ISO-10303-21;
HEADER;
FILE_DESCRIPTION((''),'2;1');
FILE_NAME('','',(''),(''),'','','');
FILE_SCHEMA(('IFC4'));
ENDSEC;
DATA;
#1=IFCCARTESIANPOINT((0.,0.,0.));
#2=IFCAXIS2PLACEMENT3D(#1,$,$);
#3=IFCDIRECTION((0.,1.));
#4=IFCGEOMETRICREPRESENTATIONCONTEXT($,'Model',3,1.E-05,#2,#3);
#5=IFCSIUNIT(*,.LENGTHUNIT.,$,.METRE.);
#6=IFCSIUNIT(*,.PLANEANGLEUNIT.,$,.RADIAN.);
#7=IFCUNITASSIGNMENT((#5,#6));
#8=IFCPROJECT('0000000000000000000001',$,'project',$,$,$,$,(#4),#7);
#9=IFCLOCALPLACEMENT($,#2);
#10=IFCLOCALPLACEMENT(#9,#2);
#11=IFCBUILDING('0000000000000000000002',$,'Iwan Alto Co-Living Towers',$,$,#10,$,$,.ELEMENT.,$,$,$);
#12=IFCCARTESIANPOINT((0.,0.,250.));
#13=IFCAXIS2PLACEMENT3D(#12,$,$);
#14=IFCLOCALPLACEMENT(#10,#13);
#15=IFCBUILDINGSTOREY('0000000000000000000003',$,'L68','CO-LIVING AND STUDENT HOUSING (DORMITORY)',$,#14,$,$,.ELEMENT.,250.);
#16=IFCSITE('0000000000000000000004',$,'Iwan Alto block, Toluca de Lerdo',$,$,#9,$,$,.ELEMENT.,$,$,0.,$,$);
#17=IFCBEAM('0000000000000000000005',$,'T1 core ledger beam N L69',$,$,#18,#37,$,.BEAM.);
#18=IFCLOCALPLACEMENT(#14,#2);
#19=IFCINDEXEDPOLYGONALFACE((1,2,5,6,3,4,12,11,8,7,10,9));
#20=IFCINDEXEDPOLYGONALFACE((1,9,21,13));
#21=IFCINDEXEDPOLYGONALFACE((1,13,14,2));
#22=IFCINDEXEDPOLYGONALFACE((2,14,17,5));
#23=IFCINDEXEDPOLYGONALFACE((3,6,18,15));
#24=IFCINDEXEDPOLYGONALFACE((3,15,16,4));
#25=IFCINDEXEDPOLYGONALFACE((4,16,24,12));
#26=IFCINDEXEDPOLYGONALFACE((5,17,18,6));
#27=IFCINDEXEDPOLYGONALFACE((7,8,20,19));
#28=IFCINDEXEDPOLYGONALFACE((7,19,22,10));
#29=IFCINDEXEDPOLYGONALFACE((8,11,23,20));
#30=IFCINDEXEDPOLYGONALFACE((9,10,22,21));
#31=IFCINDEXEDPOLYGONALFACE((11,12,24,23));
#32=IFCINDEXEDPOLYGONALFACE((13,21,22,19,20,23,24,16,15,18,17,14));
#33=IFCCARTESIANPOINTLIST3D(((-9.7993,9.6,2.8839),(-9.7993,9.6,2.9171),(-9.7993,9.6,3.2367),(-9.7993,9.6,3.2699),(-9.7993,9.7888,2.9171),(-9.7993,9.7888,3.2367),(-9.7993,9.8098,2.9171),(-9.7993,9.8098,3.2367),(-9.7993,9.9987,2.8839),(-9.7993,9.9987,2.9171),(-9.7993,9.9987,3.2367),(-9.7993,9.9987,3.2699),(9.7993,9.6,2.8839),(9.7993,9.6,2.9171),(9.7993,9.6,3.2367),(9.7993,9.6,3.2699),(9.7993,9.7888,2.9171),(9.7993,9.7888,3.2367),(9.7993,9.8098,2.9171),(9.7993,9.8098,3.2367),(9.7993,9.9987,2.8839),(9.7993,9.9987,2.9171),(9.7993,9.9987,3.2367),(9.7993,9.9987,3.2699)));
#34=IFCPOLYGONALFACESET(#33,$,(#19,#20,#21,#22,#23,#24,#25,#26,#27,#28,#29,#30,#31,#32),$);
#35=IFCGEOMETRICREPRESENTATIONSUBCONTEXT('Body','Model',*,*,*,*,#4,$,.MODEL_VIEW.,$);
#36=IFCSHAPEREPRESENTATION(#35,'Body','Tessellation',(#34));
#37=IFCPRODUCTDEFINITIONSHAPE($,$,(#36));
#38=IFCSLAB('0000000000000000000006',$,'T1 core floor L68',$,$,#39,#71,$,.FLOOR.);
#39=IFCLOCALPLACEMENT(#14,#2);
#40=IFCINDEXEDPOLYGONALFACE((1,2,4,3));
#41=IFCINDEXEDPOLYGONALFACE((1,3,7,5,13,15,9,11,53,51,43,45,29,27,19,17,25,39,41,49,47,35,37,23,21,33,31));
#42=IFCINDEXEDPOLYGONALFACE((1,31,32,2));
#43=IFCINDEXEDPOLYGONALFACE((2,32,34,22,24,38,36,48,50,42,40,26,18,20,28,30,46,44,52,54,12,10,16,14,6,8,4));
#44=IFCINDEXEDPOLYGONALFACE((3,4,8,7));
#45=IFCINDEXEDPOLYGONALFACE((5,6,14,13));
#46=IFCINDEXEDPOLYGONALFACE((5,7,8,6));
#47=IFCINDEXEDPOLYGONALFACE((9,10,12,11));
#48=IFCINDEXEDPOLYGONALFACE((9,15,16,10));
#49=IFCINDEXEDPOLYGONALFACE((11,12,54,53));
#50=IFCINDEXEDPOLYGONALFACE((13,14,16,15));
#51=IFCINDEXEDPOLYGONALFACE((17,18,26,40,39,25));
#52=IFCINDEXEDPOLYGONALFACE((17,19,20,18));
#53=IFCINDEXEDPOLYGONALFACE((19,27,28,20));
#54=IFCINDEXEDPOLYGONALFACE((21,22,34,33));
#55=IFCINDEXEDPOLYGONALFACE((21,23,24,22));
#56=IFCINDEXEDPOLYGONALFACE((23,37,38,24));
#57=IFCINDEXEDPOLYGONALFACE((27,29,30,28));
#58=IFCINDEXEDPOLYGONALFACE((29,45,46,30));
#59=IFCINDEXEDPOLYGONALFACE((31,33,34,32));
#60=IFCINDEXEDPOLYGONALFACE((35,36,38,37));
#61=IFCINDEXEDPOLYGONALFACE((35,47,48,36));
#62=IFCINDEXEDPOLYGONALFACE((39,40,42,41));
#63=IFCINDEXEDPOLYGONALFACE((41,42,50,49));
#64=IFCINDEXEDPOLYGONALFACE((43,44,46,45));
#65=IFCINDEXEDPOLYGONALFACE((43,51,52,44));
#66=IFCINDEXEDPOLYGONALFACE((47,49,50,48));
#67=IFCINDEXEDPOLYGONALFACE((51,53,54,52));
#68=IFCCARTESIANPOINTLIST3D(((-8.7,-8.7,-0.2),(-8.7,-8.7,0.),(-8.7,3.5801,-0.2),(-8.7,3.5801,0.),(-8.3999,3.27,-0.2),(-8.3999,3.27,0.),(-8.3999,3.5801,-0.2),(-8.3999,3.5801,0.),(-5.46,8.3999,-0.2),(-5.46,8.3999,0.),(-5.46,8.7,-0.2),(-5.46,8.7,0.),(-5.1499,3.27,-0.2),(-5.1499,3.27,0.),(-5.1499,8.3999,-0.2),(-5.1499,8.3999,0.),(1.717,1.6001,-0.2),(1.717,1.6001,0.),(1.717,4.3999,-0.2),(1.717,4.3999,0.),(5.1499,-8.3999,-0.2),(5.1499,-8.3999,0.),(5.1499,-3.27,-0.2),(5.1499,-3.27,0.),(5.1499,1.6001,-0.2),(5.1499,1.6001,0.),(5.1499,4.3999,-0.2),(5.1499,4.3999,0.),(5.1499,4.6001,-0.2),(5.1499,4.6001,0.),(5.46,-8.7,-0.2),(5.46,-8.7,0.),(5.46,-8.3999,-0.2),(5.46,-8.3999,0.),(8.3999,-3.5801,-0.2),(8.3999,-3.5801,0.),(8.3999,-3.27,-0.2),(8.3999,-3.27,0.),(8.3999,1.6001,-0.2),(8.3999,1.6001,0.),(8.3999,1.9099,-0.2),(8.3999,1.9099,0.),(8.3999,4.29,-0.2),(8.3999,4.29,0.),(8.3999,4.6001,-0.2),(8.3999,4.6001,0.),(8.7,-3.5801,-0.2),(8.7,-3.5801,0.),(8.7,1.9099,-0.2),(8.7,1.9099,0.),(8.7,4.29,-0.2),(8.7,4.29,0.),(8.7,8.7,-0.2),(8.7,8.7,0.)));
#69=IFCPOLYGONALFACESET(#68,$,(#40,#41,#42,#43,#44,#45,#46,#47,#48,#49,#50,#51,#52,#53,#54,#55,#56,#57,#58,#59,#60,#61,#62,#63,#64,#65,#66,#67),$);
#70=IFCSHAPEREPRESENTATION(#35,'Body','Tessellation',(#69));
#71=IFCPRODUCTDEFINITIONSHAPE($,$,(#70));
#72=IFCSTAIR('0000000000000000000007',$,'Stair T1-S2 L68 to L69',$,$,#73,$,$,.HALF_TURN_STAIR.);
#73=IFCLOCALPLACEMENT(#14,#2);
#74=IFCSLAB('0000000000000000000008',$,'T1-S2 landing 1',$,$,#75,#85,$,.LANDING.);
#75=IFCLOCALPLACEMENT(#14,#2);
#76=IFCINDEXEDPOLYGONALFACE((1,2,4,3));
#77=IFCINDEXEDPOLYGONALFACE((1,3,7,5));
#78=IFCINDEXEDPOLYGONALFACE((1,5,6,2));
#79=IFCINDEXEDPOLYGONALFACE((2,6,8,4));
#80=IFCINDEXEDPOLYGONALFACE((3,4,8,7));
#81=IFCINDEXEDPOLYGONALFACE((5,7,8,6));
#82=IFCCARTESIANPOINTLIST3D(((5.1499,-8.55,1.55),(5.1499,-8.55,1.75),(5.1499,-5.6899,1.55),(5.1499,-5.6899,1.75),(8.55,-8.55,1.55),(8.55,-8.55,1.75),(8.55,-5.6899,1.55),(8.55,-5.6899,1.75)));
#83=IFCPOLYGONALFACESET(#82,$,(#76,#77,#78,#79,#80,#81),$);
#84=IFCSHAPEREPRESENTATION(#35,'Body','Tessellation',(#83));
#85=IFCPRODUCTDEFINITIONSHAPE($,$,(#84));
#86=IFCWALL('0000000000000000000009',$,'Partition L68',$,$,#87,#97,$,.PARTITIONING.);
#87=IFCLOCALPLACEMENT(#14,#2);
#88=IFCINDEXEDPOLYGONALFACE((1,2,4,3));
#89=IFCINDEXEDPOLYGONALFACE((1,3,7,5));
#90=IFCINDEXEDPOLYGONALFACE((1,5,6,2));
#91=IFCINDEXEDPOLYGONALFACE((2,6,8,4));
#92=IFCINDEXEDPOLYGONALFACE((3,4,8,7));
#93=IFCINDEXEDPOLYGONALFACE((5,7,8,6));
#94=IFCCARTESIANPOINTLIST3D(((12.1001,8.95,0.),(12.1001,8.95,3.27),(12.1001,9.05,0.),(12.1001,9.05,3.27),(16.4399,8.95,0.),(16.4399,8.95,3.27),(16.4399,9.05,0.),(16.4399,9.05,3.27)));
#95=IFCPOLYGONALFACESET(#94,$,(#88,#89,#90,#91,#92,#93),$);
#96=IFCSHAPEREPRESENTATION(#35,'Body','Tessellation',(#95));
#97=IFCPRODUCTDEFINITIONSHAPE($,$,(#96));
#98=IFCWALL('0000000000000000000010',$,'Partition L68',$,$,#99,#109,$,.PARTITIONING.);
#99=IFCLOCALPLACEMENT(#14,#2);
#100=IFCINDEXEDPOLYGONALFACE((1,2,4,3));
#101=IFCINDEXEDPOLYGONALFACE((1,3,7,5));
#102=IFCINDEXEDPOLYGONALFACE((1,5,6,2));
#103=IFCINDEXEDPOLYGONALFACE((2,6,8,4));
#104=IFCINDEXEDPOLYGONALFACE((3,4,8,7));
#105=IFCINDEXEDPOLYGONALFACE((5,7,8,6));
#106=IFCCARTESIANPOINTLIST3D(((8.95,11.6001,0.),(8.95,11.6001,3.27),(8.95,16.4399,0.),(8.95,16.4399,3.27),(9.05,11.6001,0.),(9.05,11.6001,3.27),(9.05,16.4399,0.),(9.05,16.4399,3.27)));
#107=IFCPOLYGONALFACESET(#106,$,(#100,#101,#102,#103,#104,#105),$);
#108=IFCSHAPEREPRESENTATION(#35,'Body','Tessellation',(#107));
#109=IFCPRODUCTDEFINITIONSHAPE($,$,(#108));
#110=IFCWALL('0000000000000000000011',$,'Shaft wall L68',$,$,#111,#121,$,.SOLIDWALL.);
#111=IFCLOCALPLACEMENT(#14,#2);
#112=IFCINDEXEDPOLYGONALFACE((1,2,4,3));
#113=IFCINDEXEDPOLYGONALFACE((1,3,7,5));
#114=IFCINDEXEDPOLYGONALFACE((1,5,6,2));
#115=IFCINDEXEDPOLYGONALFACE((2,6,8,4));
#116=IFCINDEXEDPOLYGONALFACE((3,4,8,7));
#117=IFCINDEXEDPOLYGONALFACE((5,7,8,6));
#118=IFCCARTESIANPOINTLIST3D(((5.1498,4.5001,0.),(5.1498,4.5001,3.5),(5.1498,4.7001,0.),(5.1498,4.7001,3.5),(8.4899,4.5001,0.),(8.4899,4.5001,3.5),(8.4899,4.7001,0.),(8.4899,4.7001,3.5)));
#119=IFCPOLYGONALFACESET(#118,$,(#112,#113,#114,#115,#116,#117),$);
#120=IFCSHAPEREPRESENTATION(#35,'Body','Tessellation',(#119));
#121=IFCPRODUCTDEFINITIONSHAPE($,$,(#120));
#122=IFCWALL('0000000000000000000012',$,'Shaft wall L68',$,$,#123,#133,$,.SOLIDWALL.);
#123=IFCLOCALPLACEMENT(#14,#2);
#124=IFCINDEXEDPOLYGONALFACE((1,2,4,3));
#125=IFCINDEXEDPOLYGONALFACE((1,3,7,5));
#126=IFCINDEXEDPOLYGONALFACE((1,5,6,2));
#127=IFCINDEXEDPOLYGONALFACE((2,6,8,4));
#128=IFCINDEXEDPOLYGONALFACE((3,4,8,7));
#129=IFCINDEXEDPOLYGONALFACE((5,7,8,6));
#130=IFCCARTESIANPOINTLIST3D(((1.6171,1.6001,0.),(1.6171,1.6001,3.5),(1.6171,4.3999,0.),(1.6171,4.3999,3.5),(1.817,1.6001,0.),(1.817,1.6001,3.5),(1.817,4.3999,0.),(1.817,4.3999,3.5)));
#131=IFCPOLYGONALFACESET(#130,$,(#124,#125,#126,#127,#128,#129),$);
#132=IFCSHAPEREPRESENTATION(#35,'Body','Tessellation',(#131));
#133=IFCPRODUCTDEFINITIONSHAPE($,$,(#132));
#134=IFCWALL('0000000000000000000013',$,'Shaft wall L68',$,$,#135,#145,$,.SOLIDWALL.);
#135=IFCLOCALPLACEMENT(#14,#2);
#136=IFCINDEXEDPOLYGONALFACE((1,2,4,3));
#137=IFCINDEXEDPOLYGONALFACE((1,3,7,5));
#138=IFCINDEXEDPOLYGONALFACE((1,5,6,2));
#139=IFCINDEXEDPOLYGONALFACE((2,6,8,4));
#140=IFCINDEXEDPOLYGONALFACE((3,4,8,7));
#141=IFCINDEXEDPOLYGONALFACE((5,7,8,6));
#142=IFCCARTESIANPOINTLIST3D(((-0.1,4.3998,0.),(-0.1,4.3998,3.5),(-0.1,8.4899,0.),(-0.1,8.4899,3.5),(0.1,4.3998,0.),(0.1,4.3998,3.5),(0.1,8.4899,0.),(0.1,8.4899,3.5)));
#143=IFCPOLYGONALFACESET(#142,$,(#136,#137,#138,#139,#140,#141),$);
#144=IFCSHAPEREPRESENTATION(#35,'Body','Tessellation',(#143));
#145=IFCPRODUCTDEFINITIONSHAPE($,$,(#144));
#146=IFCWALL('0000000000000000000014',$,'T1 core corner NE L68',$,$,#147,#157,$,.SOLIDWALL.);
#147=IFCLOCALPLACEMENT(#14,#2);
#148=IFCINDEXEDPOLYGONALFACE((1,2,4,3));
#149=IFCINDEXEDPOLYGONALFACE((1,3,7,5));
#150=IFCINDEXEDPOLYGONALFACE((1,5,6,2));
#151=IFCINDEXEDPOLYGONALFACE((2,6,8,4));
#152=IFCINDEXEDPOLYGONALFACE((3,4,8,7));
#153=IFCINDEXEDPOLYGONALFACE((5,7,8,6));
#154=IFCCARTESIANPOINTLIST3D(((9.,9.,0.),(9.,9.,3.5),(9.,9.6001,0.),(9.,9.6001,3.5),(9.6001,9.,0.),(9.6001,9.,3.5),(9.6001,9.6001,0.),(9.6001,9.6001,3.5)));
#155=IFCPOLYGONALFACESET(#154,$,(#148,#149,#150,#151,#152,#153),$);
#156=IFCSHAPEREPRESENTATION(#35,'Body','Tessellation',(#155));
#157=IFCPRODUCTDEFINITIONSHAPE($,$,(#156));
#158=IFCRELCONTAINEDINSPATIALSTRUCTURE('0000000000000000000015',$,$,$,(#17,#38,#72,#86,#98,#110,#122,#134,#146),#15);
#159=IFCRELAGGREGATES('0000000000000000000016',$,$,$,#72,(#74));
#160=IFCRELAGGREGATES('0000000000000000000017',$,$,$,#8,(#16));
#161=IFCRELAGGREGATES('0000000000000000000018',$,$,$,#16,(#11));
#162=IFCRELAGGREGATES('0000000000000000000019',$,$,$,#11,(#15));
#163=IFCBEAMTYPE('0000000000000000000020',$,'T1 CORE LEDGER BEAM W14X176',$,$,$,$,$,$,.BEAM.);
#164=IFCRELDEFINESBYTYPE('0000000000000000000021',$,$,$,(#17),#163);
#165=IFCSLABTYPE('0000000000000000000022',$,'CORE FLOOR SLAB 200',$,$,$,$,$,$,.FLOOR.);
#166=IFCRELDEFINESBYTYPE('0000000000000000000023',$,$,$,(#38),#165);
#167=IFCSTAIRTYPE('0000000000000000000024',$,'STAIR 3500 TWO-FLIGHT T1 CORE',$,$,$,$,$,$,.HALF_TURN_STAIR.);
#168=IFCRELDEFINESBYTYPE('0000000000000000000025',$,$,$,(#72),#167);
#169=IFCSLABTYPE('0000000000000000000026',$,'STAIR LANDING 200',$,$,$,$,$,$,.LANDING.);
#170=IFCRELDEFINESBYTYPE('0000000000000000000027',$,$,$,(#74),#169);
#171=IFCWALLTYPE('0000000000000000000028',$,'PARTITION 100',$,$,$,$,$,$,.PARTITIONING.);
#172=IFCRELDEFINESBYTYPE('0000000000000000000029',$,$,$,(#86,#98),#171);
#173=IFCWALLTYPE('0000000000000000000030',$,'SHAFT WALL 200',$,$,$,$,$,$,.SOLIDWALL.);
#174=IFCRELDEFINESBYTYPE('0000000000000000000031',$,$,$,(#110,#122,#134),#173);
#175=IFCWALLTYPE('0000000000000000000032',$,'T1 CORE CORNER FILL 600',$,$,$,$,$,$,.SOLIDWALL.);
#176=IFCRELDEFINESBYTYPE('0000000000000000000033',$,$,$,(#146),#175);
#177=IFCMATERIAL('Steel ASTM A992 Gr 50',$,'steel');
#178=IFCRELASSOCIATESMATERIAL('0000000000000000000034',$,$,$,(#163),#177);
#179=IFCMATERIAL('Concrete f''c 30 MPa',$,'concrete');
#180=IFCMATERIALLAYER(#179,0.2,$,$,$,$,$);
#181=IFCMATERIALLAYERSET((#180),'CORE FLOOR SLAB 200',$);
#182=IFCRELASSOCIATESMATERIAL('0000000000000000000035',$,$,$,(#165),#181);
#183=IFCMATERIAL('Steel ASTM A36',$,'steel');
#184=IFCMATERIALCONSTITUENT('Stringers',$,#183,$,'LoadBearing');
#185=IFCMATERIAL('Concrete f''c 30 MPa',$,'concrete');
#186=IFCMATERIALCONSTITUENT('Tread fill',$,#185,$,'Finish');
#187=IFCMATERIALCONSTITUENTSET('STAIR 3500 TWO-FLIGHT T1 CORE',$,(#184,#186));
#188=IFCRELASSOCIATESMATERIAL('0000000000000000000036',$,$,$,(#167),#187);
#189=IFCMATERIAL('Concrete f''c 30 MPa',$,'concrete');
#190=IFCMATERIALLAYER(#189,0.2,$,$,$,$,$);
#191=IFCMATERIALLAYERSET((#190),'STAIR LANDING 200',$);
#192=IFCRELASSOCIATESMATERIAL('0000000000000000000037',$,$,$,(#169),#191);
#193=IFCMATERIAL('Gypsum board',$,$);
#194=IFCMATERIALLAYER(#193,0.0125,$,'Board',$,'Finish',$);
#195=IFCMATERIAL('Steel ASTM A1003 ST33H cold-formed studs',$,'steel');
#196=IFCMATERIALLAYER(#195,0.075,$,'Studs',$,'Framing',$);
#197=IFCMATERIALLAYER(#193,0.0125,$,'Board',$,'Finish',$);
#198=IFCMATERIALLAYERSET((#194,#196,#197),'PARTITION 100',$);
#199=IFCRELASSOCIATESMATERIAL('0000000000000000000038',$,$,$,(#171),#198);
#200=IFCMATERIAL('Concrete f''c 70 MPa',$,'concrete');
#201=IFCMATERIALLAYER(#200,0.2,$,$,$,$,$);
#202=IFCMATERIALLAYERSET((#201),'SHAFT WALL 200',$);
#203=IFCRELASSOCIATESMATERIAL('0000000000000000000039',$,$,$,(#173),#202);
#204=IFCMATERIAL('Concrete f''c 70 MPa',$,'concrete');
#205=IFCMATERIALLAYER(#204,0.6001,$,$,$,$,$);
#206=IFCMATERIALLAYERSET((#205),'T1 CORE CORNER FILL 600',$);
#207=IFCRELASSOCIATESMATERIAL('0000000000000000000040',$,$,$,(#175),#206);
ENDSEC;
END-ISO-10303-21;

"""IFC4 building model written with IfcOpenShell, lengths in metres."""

from ifc_helpers import new_model, si_unit, direction, frame, frame_2d, origin, origin_2d, place, context, subcontext, project, spatial, polyline, rectangle, i_section, outline, extrude, material, layer, layer_set, constituent, constituent_set, material_profile, profile_set, type_object, element, aggregate, save


model = new_model("IFC4")

# Units and contexts
model_context = context("Model", 3, precision=1e-05, world=origin(), true_north=direction((0.0, 1.0)))
body_context = subcontext(model_context, "Body", "Model", "MODEL_VIEW")
ifc_project = project(units=[si_unit("LENGTHUNIT", "METRE"), si_unit("PLANEANGLEUNIT", "RADIAN")], contexts=[model_context])

# Site, building, storey
site_placement = place(None, origin())
site = spatial("IfcSite", under=ifc_project, at=site_placement, Name="Iwan Alto block, Toluca de Lerdo", CompositionType="ELEMENT", RefElevation=0.0)
building_placement = place(site_placement, origin())
building = spatial("IfcBuilding", under=site, at=building_placement, Name="Iwan Alto Co-Living Towers", CompositionType="ELEMENT")
storey_placement = place(building_placement, frame((0.0, 0.0, 250.0)))
storey = spatial("IfcBuildingStorey", under=building, at=storey_placement, Name="L68", Description="CO-LIVING AND STUDENT HOUSING (DORMITORY)", CompositionType="ELEMENT", Elevation=250.0)

# Beam
ifc_material_1 = material(Name="Steel ASTM A992 Gr 50", Category="steel")
ifc_material_profile = material_profile(ifc_material_1, i_section(OverallWidth=0.3987, OverallDepth=0.386, WebThickness=0.021, FlangeThickness=0.0332, at=origin_2d()), Name="W14X176")
ifc_profile_set = profile_set([ifc_material_profile], Name="Steel ASTM A992 Gr 50")
beam_type = type_object("IfcBeamType", Name="T1 CORE LEDGER BEAM W14X176", PredefinedType="BEAM", material=ifc_profile_set)
beam_placement = place(storey_placement, frame((9.7993, 9.7993, 3.0769), z_axis=(-1.0, 0.0, 0.0), x_axis=(0.0, -1.0, 0.0)))
element("IfcBeam", 1, at=beam_placement, inside=storey, type_object=beam_type, Name="T1 core ledger beam N L69", PredefinedType="BEAM", context=body_context, shape_type="SweptSolid", body=[
    extrude(i_section(OverallWidth=0.3987, OverallDepth=0.386, WebThickness=0.021, FlangeThickness=0.0332, at=origin_2d()), origin(), (0.0, 0.0, 1.0), 19.5986),
])

# Slab
ifc_material_2 = material(Name="Concrete f'c 30 MPa", Category="concrete")
ifc_layer_1 = layer(ifc_material_2, 0.2)
ifc_layer_set_1 = layer_set([ifc_layer_1], Name="CORE FLOOR SLAB 200")
slab_type_1 = type_object("IfcSlabType", Name="CORE FLOOR SLAB 200", PredefinedType="FLOOR", material=ifc_layer_set_1)
slab_1_placement = place(storey_placement, frame((0.0, 0.0, -0.2)))
element("IfcSlab", 2, at=slab_1_placement, inside=storey, type_object=slab_type_1, Name="T1 core floor L68", PredefinedType="FLOOR", context=body_context, shape_type="SweptSolid", body=[
    extrude(outline(polyline([(-8.7, 3.5801), (-8.3999, 3.5801), (-8.3999, 3.27), (-5.1499, 3.27), (-5.1499, 8.3999), (-5.46, 8.3999), (-5.46, 8.7), (8.7, 8.7), (8.7, 4.29), (8.3999, 4.29), (8.3999, 4.6001), (5.1499, 4.6001), (5.1499, 4.3999), (1.717, 4.3999), (1.717, 1.6001), (5.1499, 1.6001), (8.3999, 1.6001), (8.3999, 1.9099), (8.7, 1.9099), (8.7, -3.5801), (8.3999, -3.5801), (8.3999, -3.27), (5.1499, -3.27), (5.1499, -8.3999), (5.46, -8.3999), (5.46, -8.7), (-8.7, -8.7), (-8.7, 3.5801)])), origin(), (0.0, 0.0, 1.0), 0.2),
])

# Stair, slab
ifc_material_3 = material(Name="Steel ASTM A36", Category="steel")
ifc_constituent_1 = constituent(ifc_material_3, Name="Stringers", Category="LoadBearing")
ifc_material_4 = material(Name="Concrete f'c 30 MPa", Category="concrete")
ifc_constituent_2 = constituent(ifc_material_4, Name="Tread fill", Category="Finish")
ifc_constituent_set = constituent_set(constituents=[ifc_constituent_1, ifc_constituent_2], Name="STAIR 3500 TWO-FLIGHT T1 CORE")
stair_type = type_object("IfcStairType", Name="STAIR 3500 TWO-FLIGHT T1 CORE", PredefinedType="HALF_TURN_STAIR", material=ifc_constituent_set)
stair_placement = place(storey_placement, origin())
stair = element("IfcStair", 3, at=stair_placement, inside=storey, type_object=stair_type, Name="Stair T1-S2 L68 to L69", PredefinedType="HALF_TURN_STAIR")
ifc_material_5 = material(Name="Concrete f'c 30 MPa", Category="concrete")
ifc_layer_2 = layer(ifc_material_5, 0.2)
ifc_layer_set_2 = layer_set([ifc_layer_2], Name="STAIR LANDING 200")
slab_type_2 = type_object("IfcSlabType", Name="STAIR LANDING 200", PredefinedType="LANDING", material=ifc_layer_set_2)
slab_2_placement = place(storey_placement, frame((0.0, 0.0, 1.55)))
slab_2 = element("IfcSlab", 4, at=slab_2_placement, type_object=slab_type_2, Name="T1-S2 landing 1", PredefinedType="LANDING", context=body_context, shape_type="SweptSolid", body=[
    extrude(outline(polyline([(5.1499, -5.6899), (5.1499, -8.55), (8.55, -8.55), (8.55, -5.6899), (5.1499, -5.6899)])), origin(), (0.0, 0.0, 1.0), 0.2),
])
aggregate(stair, [slab_2])

# Walls
ifc_material_6 = material(Name="Gypsum board")
ifc_layer_3 = layer(ifc_material_6, 0.0125, Name="Board", Category="Finish")
ifc_material_7 = material(Name="Steel ASTM A1003 ST33H cold-formed studs", Category="steel")
ifc_layer_4 = layer(ifc_material_7, 0.075, Name="Studs", Category="Framing")
ifc_layer_5 = layer(ifc_material_6, 0.0125, Name="Board", Category="Finish")
ifc_layer_set_3 = layer_set([ifc_layer_3, ifc_layer_4, ifc_layer_5], Name="PARTITION 100")
wall_type_1 = type_object("IfcWallType", Name="PARTITION 100", PredefinedType="PARTITIONING", material=ifc_layer_set_3)
wall_1_placement = place(storey_placement, frame((12.1001, 9.0, 0.0), z_axis=(0.0, 0.0, 1.0), x_axis=(1.0, 0.0, 0.0)))
element("IfcWall", 5, at=wall_1_placement, inside=storey, type_object=wall_type_1, Name="Partition L68", PredefinedType="PARTITIONING", context=body_context, shape_type="SweptSolid", body=[
    extrude(rectangle(XDim=4.3398, YDim=0.1001, at=frame_2d((2.1699, 0.0))), origin(), (0.0, 0.0, 1.0), 3.27),
])
wall_2_placement = place(storey_placement, frame((9.0, 11.6001, 0.0), z_axis=(0.0, 0.0, 1.0), x_axis=(0.0, 1.0, 0.0)))
element("IfcWall", 6, at=wall_2_placement, inside=storey, type_object=wall_type_1, Name="Partition L68", PredefinedType="PARTITIONING", context=body_context, shape_type="SweptSolid", body=[
    extrude(rectangle(XDim=4.8398, YDim=0.1001, at=frame_2d((2.4199, 0.0))), origin(), (0.0, 0.0, 1.0), 3.27),
])
ifc_material_8 = material(Name="Concrete f'c 70 MPa", Category="concrete")
ifc_layer_6 = layer(ifc_material_8, 0.2)
ifc_layer_set_4 = layer_set([ifc_layer_6], Name="SHAFT WALL 200")
wall_type_2 = type_object("IfcWallType", Name="SHAFT WALL 200", PredefinedType="SOLIDWALL", material=ifc_layer_set_4)
wall_3_placement = place(storey_placement, frame((5.1499, 4.6001, 0.0), z_axis=(0.0, 0.0, 1.0), x_axis=(1.0, 0.0, 0.0)))
element("IfcWall", 7, at=wall_3_placement, inside=storey, type_object=wall_type_2, Name="Shaft wall L68", PredefinedType="SOLIDWALL", context=body_context, shape_type="SweptSolid", body=[
    extrude(rectangle(XDim=3.3401, YDim=0.2, at=frame_2d((1.6699, 0.0))), origin(), (0.0, 0.0, 1.0), 3.5),
])
wall_4_placement = place(storey_placement, frame((1.717, 1.6001, 0.0), z_axis=(0.0, 0.0, 1.0), x_axis=(0.0, 1.0, 0.0)))
element("IfcWall", 8, at=wall_4_placement, inside=storey, type_object=wall_type_2, Name="Shaft wall L68", PredefinedType="SOLIDWALL", context=body_context, shape_type="SweptSolid", body=[
    extrude(rectangle(XDim=2.7998, YDim=0.2, at=frame_2d((1.3999, 0.0))), origin(), (0.0, 0.0, 1.0), 3.5),
])
wall_5_placement = place(storey_placement, frame((0.0, 4.3999, 0.0), z_axis=(0.0, 0.0, 1.0), x_axis=(0.0, 1.0, 0.0)))
element("IfcWall", 9, at=wall_5_placement, inside=storey, type_object=wall_type_2, Name="Shaft wall L68", PredefinedType="SOLIDWALL", context=body_context, shape_type="SweptSolid", body=[
    extrude(rectangle(XDim=4.0901, YDim=0.2, at=frame_2d((2.0449, 0.0))), origin(), (0.0, 0.0, 1.0), 3.5),
])
ifc_material_9 = material(Name="Concrete f'c 70 MPa", Category="concrete")
ifc_layer_7 = layer(ifc_material_9, 0.6001)
ifc_layer_set_5 = layer_set([ifc_layer_7], Name="T1 CORE CORNER FILL 600")
wall_type_3 = type_object("IfcWallType", Name="T1 CORE CORNER FILL 600", PredefinedType="SOLIDWALL", material=ifc_layer_set_5)
wall_6_placement = place(storey_placement, frame((9.0, 9.3, 0.0), z_axis=(0.0, 0.0, 1.0), x_axis=(1.0, 0.0, 0.0)))
element("IfcWall", 10, at=wall_6_placement, inside=storey, type_object=wall_type_3, Name="T1 core corner NE L68", PredefinedType="SOLIDWALL", context=body_context, shape_type="SweptSolid", body=[
    extrude(rectangle(XDim=0.6001, YDim=0.6001, at=frame_2d((0.3, 0.0))), origin(), (0.0, 0.0, 1.0), 3.5),
])

save(model, "model.ifc")
